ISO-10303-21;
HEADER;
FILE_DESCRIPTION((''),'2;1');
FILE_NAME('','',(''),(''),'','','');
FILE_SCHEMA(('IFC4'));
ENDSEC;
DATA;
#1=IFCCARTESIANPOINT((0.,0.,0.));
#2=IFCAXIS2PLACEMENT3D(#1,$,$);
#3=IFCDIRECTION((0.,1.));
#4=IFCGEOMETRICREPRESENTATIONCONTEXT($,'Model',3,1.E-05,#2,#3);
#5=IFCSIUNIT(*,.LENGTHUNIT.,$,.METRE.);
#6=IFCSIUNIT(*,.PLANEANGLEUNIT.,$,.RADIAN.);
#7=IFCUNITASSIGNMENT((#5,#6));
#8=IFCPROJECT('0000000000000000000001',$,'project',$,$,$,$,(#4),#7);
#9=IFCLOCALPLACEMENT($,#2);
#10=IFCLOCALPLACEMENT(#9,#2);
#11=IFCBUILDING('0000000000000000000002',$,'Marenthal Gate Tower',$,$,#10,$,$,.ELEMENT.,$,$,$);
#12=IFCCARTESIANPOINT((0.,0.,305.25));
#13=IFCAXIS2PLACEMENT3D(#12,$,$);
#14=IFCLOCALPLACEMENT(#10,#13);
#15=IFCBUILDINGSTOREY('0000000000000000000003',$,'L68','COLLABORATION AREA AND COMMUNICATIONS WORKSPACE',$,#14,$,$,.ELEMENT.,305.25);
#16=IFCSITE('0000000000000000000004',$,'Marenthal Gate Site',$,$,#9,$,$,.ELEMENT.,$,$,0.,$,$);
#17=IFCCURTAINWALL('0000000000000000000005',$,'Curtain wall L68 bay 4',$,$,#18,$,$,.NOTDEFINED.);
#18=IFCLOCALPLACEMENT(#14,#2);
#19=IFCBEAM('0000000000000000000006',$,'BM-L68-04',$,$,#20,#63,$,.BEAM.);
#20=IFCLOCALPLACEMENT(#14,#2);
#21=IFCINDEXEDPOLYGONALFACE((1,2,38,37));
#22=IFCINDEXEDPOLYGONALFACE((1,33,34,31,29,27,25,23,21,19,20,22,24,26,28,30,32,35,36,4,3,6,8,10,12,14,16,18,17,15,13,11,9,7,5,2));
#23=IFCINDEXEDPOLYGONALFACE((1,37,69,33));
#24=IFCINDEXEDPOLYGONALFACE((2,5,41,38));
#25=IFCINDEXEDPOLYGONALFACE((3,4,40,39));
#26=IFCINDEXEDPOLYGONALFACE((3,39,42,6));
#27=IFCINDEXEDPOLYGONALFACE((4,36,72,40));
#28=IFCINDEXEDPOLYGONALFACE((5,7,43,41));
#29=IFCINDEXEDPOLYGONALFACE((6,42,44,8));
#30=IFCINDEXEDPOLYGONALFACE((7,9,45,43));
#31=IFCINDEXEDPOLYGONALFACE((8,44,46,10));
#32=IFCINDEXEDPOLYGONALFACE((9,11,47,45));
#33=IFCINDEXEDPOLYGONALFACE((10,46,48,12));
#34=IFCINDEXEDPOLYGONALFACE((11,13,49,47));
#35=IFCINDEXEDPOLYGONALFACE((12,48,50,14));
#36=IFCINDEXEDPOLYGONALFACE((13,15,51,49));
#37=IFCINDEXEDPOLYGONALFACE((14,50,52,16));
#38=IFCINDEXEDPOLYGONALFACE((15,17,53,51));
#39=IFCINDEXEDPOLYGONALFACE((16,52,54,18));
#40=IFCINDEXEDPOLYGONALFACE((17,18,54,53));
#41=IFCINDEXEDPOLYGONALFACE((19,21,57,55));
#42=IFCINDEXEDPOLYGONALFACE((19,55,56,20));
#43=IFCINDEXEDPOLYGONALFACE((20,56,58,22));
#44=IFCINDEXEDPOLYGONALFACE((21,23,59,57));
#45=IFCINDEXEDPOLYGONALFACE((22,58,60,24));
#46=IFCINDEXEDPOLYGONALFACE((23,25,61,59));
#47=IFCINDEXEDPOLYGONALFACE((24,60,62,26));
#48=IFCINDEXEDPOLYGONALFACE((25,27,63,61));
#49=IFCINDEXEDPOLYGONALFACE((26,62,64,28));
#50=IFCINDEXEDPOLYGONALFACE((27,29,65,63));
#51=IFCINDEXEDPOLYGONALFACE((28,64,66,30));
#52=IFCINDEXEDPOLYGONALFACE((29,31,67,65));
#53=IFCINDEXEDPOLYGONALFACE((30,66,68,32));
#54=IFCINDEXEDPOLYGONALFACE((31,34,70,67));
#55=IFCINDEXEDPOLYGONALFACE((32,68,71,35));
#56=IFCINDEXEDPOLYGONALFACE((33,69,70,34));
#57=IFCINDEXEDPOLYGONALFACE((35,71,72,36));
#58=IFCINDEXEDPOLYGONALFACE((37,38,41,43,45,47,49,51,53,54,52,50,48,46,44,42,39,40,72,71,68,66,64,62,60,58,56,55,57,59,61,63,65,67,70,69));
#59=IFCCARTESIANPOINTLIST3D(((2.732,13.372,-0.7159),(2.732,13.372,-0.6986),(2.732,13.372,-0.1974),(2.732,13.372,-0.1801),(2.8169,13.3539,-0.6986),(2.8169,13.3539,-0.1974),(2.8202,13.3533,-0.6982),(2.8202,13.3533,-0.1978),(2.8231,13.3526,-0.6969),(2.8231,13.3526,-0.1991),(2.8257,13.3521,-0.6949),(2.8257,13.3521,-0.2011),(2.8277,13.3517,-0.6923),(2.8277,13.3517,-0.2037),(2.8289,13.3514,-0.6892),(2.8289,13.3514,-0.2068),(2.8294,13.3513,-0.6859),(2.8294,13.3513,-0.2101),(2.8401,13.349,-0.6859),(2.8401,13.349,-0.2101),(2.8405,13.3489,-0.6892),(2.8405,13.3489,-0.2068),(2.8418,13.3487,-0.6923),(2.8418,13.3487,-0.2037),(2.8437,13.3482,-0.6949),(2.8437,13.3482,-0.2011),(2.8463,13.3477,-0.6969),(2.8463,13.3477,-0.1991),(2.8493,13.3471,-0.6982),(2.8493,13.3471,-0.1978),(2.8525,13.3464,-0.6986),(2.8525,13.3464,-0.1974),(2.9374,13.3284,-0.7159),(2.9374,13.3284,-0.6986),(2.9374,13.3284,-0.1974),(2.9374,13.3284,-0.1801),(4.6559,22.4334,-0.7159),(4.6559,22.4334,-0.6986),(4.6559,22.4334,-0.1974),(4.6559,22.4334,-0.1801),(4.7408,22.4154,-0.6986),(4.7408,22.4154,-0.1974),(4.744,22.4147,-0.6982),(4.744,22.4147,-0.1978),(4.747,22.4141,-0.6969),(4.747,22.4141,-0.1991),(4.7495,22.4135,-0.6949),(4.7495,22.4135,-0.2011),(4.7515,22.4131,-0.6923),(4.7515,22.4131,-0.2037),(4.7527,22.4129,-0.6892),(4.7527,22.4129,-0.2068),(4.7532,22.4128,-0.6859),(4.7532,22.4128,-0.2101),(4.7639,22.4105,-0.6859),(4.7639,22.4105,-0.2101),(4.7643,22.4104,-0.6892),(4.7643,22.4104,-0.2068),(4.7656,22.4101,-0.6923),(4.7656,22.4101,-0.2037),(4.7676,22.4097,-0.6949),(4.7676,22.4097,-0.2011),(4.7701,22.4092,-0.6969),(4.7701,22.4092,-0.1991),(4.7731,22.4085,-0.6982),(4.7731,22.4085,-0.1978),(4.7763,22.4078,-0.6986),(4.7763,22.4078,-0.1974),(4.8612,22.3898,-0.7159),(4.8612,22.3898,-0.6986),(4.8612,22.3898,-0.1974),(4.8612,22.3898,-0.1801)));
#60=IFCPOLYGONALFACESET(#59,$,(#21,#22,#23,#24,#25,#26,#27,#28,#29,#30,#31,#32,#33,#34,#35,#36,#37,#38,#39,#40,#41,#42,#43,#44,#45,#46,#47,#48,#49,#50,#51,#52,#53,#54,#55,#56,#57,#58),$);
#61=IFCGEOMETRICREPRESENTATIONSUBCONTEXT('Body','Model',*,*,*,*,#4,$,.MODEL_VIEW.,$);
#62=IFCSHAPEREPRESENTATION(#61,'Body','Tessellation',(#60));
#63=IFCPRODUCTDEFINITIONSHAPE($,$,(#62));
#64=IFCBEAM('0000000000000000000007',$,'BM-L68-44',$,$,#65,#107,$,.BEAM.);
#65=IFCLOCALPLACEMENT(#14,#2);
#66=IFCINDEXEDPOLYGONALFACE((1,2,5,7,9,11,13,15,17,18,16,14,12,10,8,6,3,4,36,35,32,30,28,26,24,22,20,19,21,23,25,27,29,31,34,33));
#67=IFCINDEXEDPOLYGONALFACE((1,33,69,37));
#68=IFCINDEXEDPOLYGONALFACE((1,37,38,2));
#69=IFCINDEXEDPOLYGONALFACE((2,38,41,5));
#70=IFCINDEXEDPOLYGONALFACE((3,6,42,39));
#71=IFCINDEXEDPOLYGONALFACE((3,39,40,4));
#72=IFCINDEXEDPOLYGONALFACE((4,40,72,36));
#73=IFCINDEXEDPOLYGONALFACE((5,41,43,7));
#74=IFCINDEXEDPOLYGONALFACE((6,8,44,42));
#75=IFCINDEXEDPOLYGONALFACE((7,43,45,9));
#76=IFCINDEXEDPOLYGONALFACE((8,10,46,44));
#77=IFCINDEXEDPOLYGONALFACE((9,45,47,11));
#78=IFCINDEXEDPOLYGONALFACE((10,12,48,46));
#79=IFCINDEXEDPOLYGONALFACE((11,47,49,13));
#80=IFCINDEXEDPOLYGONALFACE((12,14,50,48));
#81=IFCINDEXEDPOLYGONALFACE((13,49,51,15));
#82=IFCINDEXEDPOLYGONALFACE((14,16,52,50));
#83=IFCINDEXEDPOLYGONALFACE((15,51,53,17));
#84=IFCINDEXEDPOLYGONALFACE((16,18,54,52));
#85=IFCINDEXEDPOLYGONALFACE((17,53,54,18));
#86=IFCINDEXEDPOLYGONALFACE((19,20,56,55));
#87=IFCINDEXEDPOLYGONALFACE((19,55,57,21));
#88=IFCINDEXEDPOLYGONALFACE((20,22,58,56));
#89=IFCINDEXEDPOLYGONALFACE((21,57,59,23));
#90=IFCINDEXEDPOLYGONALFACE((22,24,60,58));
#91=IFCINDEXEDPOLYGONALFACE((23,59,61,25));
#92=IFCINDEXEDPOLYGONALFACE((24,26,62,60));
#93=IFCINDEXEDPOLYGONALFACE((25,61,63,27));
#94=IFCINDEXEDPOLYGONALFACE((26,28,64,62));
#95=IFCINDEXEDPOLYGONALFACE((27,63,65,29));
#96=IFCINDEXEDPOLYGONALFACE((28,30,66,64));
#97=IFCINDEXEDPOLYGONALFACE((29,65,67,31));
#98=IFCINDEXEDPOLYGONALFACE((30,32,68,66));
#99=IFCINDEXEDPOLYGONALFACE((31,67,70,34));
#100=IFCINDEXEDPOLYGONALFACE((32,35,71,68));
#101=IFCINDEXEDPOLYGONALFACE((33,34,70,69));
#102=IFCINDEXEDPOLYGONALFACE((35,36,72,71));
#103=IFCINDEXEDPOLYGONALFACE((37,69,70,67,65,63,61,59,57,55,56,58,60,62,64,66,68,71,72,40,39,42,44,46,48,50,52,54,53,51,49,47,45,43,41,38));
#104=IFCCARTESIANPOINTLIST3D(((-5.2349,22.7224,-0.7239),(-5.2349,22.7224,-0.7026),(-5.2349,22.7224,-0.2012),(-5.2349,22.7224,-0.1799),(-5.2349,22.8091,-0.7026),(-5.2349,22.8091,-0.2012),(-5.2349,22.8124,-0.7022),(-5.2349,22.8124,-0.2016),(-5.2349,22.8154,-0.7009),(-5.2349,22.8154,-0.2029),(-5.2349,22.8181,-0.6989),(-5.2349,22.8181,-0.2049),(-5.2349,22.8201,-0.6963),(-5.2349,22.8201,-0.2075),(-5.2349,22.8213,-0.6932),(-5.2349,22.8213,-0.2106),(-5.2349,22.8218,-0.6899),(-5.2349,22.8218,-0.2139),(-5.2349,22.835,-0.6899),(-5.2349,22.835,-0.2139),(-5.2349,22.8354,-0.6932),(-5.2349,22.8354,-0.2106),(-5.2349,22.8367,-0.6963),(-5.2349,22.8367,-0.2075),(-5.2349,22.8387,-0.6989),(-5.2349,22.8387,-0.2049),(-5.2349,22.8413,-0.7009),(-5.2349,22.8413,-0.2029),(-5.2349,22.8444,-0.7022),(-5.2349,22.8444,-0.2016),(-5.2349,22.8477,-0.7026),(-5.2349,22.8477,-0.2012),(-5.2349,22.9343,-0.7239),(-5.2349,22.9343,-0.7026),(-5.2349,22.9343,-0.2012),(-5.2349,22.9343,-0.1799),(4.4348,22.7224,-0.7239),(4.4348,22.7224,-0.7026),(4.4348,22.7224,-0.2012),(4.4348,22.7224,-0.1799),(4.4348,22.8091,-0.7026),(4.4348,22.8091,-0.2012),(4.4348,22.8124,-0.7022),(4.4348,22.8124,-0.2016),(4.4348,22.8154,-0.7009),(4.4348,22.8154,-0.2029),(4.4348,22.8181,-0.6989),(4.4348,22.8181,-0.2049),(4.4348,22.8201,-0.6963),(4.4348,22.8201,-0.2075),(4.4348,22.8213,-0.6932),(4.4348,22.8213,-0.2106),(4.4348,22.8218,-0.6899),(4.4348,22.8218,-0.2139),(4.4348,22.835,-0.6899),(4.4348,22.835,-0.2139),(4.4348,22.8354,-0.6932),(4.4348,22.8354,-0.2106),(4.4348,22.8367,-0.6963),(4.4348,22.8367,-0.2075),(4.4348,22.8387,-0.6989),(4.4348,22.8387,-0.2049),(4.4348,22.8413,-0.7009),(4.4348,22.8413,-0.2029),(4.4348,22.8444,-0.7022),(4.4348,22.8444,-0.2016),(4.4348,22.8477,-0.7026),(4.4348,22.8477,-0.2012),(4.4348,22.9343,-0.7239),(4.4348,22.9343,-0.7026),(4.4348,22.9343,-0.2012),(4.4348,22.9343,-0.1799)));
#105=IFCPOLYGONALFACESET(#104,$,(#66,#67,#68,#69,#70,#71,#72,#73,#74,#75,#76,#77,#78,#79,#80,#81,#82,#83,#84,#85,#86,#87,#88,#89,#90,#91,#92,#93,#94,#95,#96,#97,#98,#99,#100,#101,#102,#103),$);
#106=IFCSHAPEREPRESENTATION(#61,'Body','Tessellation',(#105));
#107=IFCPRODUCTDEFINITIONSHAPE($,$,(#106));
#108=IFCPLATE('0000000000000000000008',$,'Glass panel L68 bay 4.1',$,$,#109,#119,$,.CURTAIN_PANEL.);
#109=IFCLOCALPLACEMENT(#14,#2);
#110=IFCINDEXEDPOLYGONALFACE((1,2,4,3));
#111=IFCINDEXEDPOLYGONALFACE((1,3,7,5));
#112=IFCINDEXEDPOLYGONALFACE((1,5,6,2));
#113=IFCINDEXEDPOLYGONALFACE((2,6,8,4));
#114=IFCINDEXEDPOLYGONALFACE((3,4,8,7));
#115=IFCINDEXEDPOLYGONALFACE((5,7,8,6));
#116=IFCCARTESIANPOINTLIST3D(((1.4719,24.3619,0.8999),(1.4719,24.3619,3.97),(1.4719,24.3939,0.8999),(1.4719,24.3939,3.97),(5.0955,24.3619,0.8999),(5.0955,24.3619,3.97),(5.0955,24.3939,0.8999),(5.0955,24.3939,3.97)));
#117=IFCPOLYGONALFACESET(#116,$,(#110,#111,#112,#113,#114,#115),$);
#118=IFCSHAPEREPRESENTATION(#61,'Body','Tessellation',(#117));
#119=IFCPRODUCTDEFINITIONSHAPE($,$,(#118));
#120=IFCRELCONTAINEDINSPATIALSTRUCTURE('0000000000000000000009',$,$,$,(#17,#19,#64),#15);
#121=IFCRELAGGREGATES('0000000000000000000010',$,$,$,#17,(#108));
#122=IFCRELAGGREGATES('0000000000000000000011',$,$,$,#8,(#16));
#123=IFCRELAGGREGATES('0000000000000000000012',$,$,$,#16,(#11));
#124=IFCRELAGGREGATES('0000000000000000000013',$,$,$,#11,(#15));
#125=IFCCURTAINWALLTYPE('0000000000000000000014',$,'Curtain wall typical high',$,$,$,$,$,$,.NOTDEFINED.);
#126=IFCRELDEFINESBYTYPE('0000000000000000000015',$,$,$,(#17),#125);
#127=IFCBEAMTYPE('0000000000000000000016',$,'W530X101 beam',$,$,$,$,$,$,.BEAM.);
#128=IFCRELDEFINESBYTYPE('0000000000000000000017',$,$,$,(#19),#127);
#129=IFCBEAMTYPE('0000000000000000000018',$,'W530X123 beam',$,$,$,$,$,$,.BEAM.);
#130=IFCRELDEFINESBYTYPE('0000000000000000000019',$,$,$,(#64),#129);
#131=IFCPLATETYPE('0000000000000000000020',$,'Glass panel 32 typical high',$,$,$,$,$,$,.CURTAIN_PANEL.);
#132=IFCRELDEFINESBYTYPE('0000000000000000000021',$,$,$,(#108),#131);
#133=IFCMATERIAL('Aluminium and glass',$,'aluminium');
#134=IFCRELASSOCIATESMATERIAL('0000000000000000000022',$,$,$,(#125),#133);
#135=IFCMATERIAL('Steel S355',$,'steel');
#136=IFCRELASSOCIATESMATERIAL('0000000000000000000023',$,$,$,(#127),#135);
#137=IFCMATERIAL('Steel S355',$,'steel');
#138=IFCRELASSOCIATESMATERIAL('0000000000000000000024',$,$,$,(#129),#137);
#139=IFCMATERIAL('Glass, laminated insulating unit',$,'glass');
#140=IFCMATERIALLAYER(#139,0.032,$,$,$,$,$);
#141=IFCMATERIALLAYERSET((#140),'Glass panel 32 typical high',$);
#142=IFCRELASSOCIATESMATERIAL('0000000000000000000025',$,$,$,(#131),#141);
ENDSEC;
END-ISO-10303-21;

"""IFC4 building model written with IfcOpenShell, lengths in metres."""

from ifc_helpers import new_model, si_unit, direction, frame, origin, origin_2d, place, context, subcontext, project, spatial, rectangle, i_section, extrude, material, layer, layer_set, material_profile, profile_set, type_object, element, aggregate, save


model = new_model("IFC4")

# Units and contexts
model_context = context("Model", 3, precision=1e-05, world=origin(), true_north=direction((0.0, 1.0)))
body_context = subcontext(model_context, "Body", "Model", "MODEL_VIEW")
ifc_project = project(units=[si_unit("LENGTHUNIT", "METRE"), si_unit("PLANEANGLEUNIT", "RADIAN")], contexts=[model_context])

# Site, building, storey
site_placement = place(None, origin())
site = spatial("IfcSite", under=ifc_project, at=site_placement, Name="Marenthal Gate Site", CompositionType="ELEMENT", RefElevation=0.0)
building_placement = place(site_placement, origin())
building = spatial("IfcBuilding", under=site, at=building_placement, Name="Marenthal Gate Tower", CompositionType="ELEMENT")
storey_placement = place(building_placement, frame((0.0, 0.0, 305.25)))
storey = spatial("IfcBuildingStorey", under=building, at=storey_placement, Name="L68", Description="COLLABORATION AREA AND COMMUNICATIONS WORKSPACE", CompositionType="ELEMENT", Elevation=305.25)

# Curtain wall
ifc_material_1 = material(Name="Aluminium and glass", Category="aluminium")
curtain_wall_type = type_object("IfcCurtainWallType", Name="Curtain wall typical high", PredefinedType="NOTDEFINED", material=ifc_material_1)
curtain_wall_placement = place(storey_placement, origin())
curtain_wall = element("IfcCurtainWall", 1, at=curtain_wall_placement, inside=storey, type_object=curtain_wall_type, Name="Curtain wall L68 bay 4", PredefinedType="NOTDEFINED")

# Beams
ifc_material_2 = material(Name="Steel S355", Category="steel")
ifc_material_profile_1 = material_profile(ifc_material_2, i_section(OverallWidth=0.21, OverallDepth=0.5359, WebThickness=0.011, FlangeThickness=0.0173, FilletRadius=0.0127, at=origin_2d()), Name="W530X101")
ifc_profile_set_1 = profile_set([ifc_material_profile_1], Name="Steel S355")
beam_type_1 = type_object("IfcBeamType", Name="W530X101 beam", PredefinedType="BEAM", material=ifc_profile_set_1)
beam_1_placement = place(storey_placement, frame((4.7585, 22.4116, -0.448), z_axis=(-0.207678, -0.978197, 0.0), x_axis=(0.978197, -0.207678, 0.0)))
element("IfcBeam", 2, at=beam_1_placement, inside=storey, type_object=beam_type_1, Name="BM-L68-04", PredefinedType="BEAM", context=body_context, shape_type="SweptSolid", body=[
    extrude(i_section(OverallWidth=0.21, OverallDepth=0.5359, WebThickness=0.011, FlangeThickness=0.0173, FilletRadius=0.0127, at=origin_2d()), origin(), (0.0, 0.0, 1.0), 9.2634),
])
ifc_material_3 = material(Name="Steel S355", Category="steel")
ifc_material_profile_2 = material_profile(ifc_material_3, i_section(OverallWidth=0.2119, OverallDepth=0.5439, WebThickness=0.0132, FlangeThickness=0.0212, FilletRadius=0.0127, at=origin_2d()), Name="W530X123")
ifc_profile_set_2 = profile_set([ifc_material_profile_2], Name="Steel S355")
beam_type_2 = type_object("IfcBeamType", Name="W530X123 beam", PredefinedType="BEAM", material=ifc_profile_set_2)
beam_2_placement = place(storey_placement, frame((4.4348, 22.8284, -0.4519), z_axis=(-1.0, 0.0, 0.0), x_axis=(0.0, -1.0, 0.0)))
element("IfcBeam", 3, at=beam_2_placement, inside=storey, type_object=beam_type_2, Name="BM-L68-44", PredefinedType="BEAM", context=body_context, shape_type="SweptSolid", body=[
    extrude(i_section(OverallWidth=0.2119, OverallDepth=0.5439, WebThickness=0.0132, FlangeThickness=0.0212, FilletRadius=0.0127, at=origin_2d()), origin(), (0.0, 0.0, 1.0), 9.6697),
])

# Plate
ifc_material_4 = material(Name="Glass, laminated insulating unit", Category="glass")
ifc_layer_1 = layer(ifc_material_4, 0.032)
ifc_layer_set_1 = layer_set([ifc_layer_1], Name="Glass panel 32 typical high")
plate_type = type_object("IfcPlateType", Name="Glass panel 32 typical high", PredefinedType="CURTAIN_PANEL", material=ifc_layer_set_1)
plate_placement = place(storey_placement, frame((3.2837, 24.3779, 0.8999), z_axis=(0.0, 0.0, 1.0), x_axis=(-1.0, 0.0, 0.0)))
plate = element("IfcPlate", 4, at=plate_placement, type_object=plate_type, Name="Glass panel L68 bay 4.1", PredefinedType="CURTAIN_PANEL", context=body_context, shape_type="SweptSolid", body=[
    extrude(rectangle(XDim=3.6235, YDim=0.032, at=origin_2d()), origin(), (0.0, 0.0, 1.0), 3.0701),
])
aggregate(curtain_wall, [plate])

save(model, "model.ifc")
